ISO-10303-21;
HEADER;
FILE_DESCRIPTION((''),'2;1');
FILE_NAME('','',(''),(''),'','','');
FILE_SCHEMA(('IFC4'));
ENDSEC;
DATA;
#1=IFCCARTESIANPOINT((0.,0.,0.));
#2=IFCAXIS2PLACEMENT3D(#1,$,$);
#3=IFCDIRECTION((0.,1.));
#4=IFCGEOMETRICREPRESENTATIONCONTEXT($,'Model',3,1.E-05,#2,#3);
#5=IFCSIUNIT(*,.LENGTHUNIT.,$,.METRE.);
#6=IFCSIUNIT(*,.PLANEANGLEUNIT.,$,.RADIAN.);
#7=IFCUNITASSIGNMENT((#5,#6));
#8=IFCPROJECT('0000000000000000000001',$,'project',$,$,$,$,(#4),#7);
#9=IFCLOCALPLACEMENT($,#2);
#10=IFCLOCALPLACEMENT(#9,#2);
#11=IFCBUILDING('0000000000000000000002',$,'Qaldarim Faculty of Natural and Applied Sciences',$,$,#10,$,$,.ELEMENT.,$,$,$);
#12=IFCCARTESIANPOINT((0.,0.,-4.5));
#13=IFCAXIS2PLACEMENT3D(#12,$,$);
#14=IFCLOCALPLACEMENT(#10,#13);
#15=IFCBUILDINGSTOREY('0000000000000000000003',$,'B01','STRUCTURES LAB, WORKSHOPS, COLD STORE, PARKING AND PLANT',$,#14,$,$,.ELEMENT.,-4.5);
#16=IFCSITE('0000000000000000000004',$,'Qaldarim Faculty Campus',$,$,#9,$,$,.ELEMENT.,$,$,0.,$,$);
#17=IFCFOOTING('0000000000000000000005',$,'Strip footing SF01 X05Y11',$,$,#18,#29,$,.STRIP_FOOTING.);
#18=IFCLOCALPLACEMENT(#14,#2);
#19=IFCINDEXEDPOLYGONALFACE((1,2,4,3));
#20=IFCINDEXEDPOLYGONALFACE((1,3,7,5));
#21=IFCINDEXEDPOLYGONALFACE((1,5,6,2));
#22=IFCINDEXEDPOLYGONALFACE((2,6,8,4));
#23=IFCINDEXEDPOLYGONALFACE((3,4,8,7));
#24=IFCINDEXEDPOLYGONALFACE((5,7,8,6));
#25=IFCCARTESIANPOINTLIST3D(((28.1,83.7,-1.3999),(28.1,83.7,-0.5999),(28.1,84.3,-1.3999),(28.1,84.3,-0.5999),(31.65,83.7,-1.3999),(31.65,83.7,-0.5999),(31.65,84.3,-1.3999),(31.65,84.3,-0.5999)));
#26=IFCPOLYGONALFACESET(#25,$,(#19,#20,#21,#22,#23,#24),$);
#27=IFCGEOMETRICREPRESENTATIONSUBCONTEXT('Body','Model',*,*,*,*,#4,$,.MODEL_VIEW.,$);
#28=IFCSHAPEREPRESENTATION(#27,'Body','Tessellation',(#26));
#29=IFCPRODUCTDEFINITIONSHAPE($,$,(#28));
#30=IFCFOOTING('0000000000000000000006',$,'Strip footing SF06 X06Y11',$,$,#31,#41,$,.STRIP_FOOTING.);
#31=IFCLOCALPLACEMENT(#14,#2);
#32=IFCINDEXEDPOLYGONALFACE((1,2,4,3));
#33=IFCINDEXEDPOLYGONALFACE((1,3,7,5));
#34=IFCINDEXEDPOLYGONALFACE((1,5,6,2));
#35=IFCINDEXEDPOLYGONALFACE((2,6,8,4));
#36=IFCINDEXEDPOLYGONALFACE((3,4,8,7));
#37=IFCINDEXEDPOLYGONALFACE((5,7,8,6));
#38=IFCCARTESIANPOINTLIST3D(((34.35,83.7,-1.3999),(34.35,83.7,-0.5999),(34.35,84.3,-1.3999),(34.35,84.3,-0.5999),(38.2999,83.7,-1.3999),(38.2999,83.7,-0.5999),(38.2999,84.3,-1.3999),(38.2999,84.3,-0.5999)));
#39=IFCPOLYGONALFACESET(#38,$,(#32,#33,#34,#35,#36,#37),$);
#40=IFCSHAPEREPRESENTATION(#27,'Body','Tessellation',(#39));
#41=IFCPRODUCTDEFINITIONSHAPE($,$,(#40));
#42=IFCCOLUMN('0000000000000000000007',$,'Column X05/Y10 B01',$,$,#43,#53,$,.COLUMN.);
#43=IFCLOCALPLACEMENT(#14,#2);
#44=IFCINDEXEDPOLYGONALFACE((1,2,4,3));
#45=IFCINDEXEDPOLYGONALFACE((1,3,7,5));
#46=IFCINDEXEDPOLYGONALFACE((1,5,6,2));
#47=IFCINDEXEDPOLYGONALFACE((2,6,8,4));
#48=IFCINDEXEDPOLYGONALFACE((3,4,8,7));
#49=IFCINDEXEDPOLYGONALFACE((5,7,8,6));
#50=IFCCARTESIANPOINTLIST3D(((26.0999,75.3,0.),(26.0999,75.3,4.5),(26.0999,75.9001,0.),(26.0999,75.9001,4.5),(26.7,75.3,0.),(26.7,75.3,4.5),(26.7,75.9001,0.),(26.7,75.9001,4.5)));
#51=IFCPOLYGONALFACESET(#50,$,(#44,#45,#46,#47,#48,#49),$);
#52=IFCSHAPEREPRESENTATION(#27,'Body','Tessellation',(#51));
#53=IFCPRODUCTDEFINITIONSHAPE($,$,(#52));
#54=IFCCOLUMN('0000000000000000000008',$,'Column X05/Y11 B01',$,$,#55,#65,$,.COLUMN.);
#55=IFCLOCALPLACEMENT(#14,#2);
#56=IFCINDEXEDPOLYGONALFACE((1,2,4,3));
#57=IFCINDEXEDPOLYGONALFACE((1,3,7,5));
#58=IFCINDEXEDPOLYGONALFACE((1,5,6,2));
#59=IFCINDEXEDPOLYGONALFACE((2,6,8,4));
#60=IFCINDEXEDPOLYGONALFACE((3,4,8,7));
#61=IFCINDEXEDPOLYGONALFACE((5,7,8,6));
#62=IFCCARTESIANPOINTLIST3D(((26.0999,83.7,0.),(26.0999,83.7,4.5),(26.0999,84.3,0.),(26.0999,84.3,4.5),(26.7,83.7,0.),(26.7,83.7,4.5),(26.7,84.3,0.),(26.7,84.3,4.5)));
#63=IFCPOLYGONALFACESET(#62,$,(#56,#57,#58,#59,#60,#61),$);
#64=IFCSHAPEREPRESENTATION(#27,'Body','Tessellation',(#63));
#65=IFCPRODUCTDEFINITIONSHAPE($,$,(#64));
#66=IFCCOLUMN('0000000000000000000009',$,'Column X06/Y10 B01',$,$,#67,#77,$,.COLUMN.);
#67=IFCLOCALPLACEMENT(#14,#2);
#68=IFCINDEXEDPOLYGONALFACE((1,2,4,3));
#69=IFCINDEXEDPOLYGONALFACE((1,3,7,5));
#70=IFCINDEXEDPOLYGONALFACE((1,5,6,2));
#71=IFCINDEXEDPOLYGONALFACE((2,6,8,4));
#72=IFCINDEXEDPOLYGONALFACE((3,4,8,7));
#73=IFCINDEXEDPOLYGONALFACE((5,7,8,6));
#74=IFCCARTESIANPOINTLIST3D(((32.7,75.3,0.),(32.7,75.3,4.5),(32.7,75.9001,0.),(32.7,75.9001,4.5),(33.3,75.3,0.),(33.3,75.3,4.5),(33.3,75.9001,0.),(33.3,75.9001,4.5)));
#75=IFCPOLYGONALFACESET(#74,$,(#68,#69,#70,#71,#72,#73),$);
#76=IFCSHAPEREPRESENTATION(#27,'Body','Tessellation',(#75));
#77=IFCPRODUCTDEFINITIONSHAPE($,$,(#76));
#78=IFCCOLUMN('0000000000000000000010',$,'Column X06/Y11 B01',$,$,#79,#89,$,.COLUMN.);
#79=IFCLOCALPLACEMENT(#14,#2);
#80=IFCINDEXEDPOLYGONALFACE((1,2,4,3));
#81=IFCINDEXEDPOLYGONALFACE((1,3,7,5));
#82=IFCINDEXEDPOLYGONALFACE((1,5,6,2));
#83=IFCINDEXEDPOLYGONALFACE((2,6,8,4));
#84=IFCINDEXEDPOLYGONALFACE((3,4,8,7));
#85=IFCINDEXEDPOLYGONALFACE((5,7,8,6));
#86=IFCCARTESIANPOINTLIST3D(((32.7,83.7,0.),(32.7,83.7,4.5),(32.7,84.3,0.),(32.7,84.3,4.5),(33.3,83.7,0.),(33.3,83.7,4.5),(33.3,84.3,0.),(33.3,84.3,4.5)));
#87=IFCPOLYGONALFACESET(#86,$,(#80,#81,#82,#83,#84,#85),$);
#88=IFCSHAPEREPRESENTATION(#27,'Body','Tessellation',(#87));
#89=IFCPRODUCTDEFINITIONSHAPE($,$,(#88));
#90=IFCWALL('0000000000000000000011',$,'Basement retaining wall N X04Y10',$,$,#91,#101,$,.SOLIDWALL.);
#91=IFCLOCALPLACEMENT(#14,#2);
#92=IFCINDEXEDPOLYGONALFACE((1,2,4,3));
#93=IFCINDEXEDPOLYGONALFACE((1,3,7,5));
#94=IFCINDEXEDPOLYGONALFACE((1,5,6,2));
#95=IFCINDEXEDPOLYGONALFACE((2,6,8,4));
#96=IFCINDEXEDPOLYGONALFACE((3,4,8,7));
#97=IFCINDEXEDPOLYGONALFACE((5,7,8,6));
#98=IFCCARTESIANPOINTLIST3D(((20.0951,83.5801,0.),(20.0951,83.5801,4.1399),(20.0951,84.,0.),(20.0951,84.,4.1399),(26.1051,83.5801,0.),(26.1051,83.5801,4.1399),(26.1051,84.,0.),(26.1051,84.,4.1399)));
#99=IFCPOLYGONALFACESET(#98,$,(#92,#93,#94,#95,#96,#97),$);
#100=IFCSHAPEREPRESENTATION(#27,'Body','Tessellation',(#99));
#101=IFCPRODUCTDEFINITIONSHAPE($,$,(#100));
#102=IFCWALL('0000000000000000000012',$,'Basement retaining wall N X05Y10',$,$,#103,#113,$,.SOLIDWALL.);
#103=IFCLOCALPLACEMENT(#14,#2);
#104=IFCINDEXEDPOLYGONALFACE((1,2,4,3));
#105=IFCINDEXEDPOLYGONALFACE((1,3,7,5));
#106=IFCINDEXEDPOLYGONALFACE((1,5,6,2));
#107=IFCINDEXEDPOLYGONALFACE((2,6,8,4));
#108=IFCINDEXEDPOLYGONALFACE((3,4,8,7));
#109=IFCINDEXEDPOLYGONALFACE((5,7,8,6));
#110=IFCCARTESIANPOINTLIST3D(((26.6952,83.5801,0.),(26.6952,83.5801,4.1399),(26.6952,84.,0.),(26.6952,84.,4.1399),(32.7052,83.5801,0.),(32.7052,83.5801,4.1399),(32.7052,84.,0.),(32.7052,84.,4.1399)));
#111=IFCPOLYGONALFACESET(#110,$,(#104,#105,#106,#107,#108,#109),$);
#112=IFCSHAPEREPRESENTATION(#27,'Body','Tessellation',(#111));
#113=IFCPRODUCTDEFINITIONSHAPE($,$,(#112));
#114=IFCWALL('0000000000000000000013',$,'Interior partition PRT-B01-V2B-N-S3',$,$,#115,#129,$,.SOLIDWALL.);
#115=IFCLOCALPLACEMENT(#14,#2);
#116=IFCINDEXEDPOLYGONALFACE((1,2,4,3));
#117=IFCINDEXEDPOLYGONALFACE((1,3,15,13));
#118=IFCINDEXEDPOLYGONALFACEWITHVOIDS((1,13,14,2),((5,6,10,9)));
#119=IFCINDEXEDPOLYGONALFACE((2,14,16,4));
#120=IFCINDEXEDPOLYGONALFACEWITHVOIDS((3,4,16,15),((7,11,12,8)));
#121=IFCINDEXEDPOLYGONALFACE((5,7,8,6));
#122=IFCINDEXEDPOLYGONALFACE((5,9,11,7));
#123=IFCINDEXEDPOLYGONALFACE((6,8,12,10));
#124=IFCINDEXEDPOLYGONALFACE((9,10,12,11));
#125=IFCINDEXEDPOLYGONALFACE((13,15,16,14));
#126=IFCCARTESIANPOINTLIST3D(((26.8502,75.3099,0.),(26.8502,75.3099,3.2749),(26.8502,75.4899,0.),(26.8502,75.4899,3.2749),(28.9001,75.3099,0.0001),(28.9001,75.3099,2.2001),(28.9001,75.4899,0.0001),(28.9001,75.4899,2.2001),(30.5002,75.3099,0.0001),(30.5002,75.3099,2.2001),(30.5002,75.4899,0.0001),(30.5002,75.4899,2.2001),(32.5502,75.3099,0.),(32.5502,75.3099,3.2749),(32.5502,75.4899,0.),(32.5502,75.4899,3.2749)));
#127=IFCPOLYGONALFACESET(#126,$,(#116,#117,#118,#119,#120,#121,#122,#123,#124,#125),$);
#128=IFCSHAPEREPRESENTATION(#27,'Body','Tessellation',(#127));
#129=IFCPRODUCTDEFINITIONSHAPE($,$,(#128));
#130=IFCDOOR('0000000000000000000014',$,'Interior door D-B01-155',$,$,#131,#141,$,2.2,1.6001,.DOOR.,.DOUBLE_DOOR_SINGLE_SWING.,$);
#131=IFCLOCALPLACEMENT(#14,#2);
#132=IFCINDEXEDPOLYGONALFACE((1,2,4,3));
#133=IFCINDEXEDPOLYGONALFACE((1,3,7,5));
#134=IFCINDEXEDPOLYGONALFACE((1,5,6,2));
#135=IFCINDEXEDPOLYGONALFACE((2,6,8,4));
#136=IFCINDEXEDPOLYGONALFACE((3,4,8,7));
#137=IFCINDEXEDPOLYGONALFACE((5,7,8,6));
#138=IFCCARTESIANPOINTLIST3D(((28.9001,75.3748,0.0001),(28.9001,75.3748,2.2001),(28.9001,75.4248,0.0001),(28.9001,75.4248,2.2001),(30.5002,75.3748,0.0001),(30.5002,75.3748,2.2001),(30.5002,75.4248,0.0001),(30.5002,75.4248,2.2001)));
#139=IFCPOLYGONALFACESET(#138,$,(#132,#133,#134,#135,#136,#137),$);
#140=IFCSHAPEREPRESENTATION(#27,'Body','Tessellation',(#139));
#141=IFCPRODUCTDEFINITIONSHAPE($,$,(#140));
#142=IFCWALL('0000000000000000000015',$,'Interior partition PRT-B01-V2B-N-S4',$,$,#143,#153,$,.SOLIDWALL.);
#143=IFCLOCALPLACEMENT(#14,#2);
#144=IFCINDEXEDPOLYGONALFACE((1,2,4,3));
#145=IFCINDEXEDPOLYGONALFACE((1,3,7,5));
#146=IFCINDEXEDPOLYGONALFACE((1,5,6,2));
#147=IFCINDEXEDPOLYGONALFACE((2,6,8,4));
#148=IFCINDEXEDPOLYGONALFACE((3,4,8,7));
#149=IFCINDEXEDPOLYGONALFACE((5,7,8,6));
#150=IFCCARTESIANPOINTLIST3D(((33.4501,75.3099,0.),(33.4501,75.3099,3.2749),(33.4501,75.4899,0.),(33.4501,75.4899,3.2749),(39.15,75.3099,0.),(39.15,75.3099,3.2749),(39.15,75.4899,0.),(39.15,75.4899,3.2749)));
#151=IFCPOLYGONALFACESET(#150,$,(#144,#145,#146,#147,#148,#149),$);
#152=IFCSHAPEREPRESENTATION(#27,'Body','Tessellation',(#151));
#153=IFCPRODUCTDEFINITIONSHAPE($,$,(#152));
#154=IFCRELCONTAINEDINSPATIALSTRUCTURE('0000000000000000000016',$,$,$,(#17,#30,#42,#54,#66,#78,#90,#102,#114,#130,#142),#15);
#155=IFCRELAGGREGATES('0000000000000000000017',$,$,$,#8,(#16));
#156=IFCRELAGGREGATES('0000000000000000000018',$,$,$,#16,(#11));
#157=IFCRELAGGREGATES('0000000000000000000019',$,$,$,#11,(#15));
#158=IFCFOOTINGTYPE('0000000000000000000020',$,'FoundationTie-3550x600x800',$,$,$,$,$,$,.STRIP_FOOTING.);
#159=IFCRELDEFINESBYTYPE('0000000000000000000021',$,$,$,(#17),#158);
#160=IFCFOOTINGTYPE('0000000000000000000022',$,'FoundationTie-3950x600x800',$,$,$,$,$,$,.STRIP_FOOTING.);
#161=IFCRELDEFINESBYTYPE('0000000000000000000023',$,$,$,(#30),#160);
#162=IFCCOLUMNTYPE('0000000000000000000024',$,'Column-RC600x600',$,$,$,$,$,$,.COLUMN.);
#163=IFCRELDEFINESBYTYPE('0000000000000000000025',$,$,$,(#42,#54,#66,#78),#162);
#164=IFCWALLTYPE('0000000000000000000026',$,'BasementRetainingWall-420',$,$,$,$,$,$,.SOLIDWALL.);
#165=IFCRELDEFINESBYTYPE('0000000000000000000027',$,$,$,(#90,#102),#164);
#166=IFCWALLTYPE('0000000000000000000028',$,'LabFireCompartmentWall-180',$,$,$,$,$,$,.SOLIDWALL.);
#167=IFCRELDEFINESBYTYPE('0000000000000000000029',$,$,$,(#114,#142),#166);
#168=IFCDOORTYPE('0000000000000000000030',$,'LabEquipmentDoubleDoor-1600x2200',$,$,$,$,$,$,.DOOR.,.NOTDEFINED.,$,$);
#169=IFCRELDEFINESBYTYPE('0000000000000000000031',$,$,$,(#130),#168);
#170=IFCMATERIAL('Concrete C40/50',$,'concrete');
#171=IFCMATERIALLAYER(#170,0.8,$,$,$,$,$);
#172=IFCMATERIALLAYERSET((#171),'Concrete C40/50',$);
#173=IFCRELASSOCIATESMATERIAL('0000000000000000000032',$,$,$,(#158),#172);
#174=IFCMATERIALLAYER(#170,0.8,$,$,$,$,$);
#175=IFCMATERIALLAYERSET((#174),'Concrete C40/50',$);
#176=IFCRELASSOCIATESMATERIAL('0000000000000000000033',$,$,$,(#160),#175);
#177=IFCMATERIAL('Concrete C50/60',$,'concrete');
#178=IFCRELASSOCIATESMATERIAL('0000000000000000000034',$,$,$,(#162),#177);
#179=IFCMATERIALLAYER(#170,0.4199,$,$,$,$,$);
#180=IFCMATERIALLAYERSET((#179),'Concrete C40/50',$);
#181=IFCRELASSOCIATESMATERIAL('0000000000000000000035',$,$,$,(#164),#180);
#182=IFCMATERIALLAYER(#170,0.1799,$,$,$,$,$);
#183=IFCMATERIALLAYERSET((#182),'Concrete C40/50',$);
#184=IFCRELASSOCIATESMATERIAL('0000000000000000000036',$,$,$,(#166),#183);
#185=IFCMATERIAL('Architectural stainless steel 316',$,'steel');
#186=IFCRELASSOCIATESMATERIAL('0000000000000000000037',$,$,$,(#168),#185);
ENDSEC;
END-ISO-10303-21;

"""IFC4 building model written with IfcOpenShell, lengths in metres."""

from ifc_helpers import new_model, si_unit, direction, frame, frame_2d, origin, origin_2d, place, context, subcontext, project, spatial, rectangle, extrude, material, layer, layer_set, material_profile, profile_set, type_object, element, fill, save


model = new_model("IFC4")

# Units and contexts
model_context = context("Model", 3, precision=1e-05, world=origin(), true_north=direction((0.0, 1.0)))
body_context = subcontext(model_context, "Body", "Model", "MODEL_VIEW")
ifc_project = project(units=[si_unit("LENGTHUNIT", "METRE"), si_unit("PLANEANGLEUNIT", "RADIAN")], contexts=[model_context])

# Site, building, storey
site_placement = place(None, origin())
site = spatial("IfcSite", under=ifc_project, at=site_placement, Name="Qaldarim Faculty Campus", CompositionType="ELEMENT", RefElevation=0.0)
building_placement = place(site_placement, origin())
building = spatial("IfcBuilding", under=site, at=building_placement, Name="Qaldarim Faculty of Natural and Applied Sciences", CompositionType="ELEMENT")
storey_placement = place(building_placement, frame((0.0, 0.0, -4.5)))
storey = spatial("IfcBuildingStorey", under=building, at=storey_placement, Name="B01", Description="STRUCTURES LAB, WORKSHOPS, COLD STORE, PARKING AND PLANT", CompositionType="ELEMENT", Elevation=-4.5)

# Shared definitions
ifc_material_1 = material(Name="Concrete C40/50", Category="concrete")

# Footings
ifc_layer_1 = layer(ifc_material_1, 0.8)
ifc_layer_set_1 = layer_set([ifc_layer_1], Name="Concrete C40/50")
footing_type_1 = type_object("IfcFootingType", Name="FoundationTie-3550x600x800", PredefinedType="STRIP_FOOTING", material=ifc_layer_set_1)
footing_1_placement = place(storey_placement, frame((29.875, 84.0, -1.3999), z_axis=(0.0, 0.0, 1.0), x_axis=(1.0, 0.0, 0.0)))
element("IfcFooting", 1, at=footing_1_placement, inside=storey, type_object=footing_type_1, Name="Strip footing SF01 X05Y11", PredefinedType="STRIP_FOOTING", context=body_context, shape_type="SweptSolid", body=[
    extrude(rectangle(XDim=3.55, YDim=0.6001, at=origin_2d()), origin(), (0.0, 0.0, 1.0), 0.8),
])
ifc_layer_2 = layer(ifc_material_1, 0.8)
ifc_layer_set_2 = layer_set([ifc_layer_2], Name="Concrete C40/50")
footing_type_2 = type_object("IfcFootingType", Name="FoundationTie-3950x600x800", PredefinedType="STRIP_FOOTING", material=ifc_layer_set_2)
footing_2_placement = place(storey_placement, frame((36.325, 84.0, -1.3999), z_axis=(0.0, 0.0, 1.0), x_axis=(1.0, 0.0, 0.0)))
element("IfcFooting", 2, at=footing_2_placement, inside=storey, type_object=footing_type_2, Name="Strip footing SF06 X06Y11", PredefinedType="STRIP_FOOTING", context=body_context, shape_type="SweptSolid", body=[
    extrude(rectangle(XDim=3.95, YDim=0.6001, at=origin_2d()), origin(), (0.0, 0.0, 1.0), 0.8),
])

# Columns
ifc_material_2 = material(Name="Concrete C50/60", Category="concrete")
ifc_material_profile_1 = material_profile(ifc_material_2, rectangle(XDim=0.6001, YDim=0.6001, at=origin_2d()), Name="RC-C600x600")
ifc_profile_set_1 = profile_set([ifc_material_profile_1], Name="Concrete C50/60")
column_type = type_object("IfcColumnType", Name="Column-RC600x600", PredefinedType="COLUMN", material=ifc_profile_set_1)
for number, where, z_axis, x_axis, name in (
    (3, (26.3999, 75.6001, 0.0), (0.0, 0.0, 1.0), (1.0, 0.0, 0.0), "Column X05/Y10 B01"),
    (4, (26.3999, 84.0, 0.0), (0.0, 0.0, 1.0), (1.0, 0.0, 0.0), "Column X05/Y11 B01"),
    (5, (33.0, 75.6001, 0.0), (0.0, 0.0, 1.0), (1.0, 0.0, 0.0), "Column X06/Y10 B01"),
    (6, (33.0, 84.0, 0.0), (0.0, 0.0, 1.0), (1.0, 0.0, 0.0), "Column X06/Y11 B01"),
):
    element("IfcColumn", number, at=place(storey_placement, frame(where, z_axis=z_axis, x_axis=x_axis)), inside=storey, type_object=column_type, Name=name, PredefinedType="COLUMN", context=body_context, shape_type="SweptSolid", body=[
        extrude(rectangle(XDim=0.6001, YDim=0.6001, at=origin_2d()), origin(), (0.0, 0.0, 1.0), 4.5),
    ])

# Walls
ifc_layer_3 = layer(ifc_material_1, 0.4199)
ifc_layer_set_3 = layer_set([ifc_layer_3], Name="Concrete C40/50")
wall_type_1 = type_object("IfcWallType", Name="BasementRetainingWall-420", PredefinedType="SOLIDWALL", material=ifc_layer_set_3)
for number, where, z_axis, x_axis, name in (
    (7, (26.105, 83.79, 0.0), (0.0, 0.0, 1.0), (-1.0, 0.0, 0.0), "Basement retaining wall N X04Y10"),
    (8, (32.7051, 83.79, 0.0), (0.0, 0.0, 1.0), (-1.0, 0.0, 0.0), "Basement retaining wall N X05Y10"),
):
    element("IfcWall", number, at=place(storey_placement, frame(where, z_axis=z_axis, x_axis=x_axis)), inside=storey, type_object=wall_type_1, Name=name, PredefinedType="SOLIDWALL", context=body_context, shape_type="SweptSolid", body=[
        extrude(rectangle(XDim=6.01, YDim=0.4199, at=frame_2d((3.0049, 0.0))), origin(), (0.0, 0.0, 1.0), 4.1399),
    ])

# Wall, opening, door
ifc_layer_4 = layer(ifc_material_1, 0.1799)
ifc_layer_set_4 = layer_set([ifc_layer_4], Name="Concrete C40/50")
wall_type_2 = type_object("IfcWallType", Name="LabFireCompartmentWall-180", PredefinedType="SOLIDWALL", material=ifc_layer_set_4)
wall_1_placement = place(storey_placement, frame((26.8501, 75.3999, 0.0), z_axis=(0.0, 0.0, 1.0), x_axis=(1.0, 0.0, 0.0)))
wall_1 = element("IfcWall", 9, at=wall_1_placement, inside=storey, type_object=wall_type_2, Name="Interior partition PRT-B01-V2B-N-S3", PredefinedType="SOLIDWALL", context=body_context, shape_type="SweptSolid", body=[
    extrude(rectangle(XDim=5.7, YDim=0.1799, at=frame_2d((2.8501, 0.0))), origin(), (0.0, 0.0, 1.0), 3.2749),
])
opening_placement = place(wall_1_placement, frame((2.05, 0.0, 0.0)))
opening = element("IfcOpeningElement", 10, at=opening_placement, cuts=wall_1, PredefinedType="OPENING", context=body_context, shape_type="SweptSolid", body=[
    extrude(rectangle(XDim=1.6001, YDim=2.2, at=frame_2d((0.8, 1.1001))), frame((0.0, 0.0999, 0.0), z_axis=(0.0, -1.0, 0.0), x_axis=(1.0, 0.0, 0.0)), (0.0, 0.0, 1.0), 0.2),
])
ifc_material_3 = material(Name="Architectural stainless steel 316", Category="steel")
door_type = type_object("IfcDoorType", Name="LabEquipmentDoubleDoor-1600x2200", OperationType="NOTDEFINED", PredefinedType="DOOR", material=ifc_material_3)
door_placement = place(opening_placement, origin())
door = element("IfcDoor", 11, at=door_placement, inside=storey, type_object=door_type, Name="Interior door D-B01-155", OperationType="DOUBLE_DOOR_SINGLE_SWING", OverallHeight=2.2, OverallWidth=1.6001, PredefinedType="DOOR", context=body_context, shape_type="SweptSolid", body=[
    extrude(rectangle(XDim=1.6001, YDim=2.2, at=frame_2d((0.8, 1.1001))), frame((0.0, 0.0249, 0.0), z_axis=(0.0, -1.0, 0.0), x_axis=(1.0, 0.0, 0.0)), (0.0, 0.0, 1.0), 0.05),
])
fill(opening, door)

# Wall
wall_2_placement = place(storey_placement, frame((33.45, 75.3999, 0.0), z_axis=(0.0, 0.0, 1.0), x_axis=(1.0, 0.0, 0.0)))
element("IfcWall", 12, at=wall_2_placement, inside=storey, type_object=wall_type_2, Name="Interior partition PRT-B01-V2B-N-S4", PredefinedType="SOLIDWALL", context=body_context, shape_type="SweptSolid", body=[
    extrude(rectangle(XDim=5.7, YDim=0.1799, at=frame_2d((2.8501, 0.0))), origin(), (0.0, 0.0, 1.0), 3.2749),
])

save(model, "model.ifc")
